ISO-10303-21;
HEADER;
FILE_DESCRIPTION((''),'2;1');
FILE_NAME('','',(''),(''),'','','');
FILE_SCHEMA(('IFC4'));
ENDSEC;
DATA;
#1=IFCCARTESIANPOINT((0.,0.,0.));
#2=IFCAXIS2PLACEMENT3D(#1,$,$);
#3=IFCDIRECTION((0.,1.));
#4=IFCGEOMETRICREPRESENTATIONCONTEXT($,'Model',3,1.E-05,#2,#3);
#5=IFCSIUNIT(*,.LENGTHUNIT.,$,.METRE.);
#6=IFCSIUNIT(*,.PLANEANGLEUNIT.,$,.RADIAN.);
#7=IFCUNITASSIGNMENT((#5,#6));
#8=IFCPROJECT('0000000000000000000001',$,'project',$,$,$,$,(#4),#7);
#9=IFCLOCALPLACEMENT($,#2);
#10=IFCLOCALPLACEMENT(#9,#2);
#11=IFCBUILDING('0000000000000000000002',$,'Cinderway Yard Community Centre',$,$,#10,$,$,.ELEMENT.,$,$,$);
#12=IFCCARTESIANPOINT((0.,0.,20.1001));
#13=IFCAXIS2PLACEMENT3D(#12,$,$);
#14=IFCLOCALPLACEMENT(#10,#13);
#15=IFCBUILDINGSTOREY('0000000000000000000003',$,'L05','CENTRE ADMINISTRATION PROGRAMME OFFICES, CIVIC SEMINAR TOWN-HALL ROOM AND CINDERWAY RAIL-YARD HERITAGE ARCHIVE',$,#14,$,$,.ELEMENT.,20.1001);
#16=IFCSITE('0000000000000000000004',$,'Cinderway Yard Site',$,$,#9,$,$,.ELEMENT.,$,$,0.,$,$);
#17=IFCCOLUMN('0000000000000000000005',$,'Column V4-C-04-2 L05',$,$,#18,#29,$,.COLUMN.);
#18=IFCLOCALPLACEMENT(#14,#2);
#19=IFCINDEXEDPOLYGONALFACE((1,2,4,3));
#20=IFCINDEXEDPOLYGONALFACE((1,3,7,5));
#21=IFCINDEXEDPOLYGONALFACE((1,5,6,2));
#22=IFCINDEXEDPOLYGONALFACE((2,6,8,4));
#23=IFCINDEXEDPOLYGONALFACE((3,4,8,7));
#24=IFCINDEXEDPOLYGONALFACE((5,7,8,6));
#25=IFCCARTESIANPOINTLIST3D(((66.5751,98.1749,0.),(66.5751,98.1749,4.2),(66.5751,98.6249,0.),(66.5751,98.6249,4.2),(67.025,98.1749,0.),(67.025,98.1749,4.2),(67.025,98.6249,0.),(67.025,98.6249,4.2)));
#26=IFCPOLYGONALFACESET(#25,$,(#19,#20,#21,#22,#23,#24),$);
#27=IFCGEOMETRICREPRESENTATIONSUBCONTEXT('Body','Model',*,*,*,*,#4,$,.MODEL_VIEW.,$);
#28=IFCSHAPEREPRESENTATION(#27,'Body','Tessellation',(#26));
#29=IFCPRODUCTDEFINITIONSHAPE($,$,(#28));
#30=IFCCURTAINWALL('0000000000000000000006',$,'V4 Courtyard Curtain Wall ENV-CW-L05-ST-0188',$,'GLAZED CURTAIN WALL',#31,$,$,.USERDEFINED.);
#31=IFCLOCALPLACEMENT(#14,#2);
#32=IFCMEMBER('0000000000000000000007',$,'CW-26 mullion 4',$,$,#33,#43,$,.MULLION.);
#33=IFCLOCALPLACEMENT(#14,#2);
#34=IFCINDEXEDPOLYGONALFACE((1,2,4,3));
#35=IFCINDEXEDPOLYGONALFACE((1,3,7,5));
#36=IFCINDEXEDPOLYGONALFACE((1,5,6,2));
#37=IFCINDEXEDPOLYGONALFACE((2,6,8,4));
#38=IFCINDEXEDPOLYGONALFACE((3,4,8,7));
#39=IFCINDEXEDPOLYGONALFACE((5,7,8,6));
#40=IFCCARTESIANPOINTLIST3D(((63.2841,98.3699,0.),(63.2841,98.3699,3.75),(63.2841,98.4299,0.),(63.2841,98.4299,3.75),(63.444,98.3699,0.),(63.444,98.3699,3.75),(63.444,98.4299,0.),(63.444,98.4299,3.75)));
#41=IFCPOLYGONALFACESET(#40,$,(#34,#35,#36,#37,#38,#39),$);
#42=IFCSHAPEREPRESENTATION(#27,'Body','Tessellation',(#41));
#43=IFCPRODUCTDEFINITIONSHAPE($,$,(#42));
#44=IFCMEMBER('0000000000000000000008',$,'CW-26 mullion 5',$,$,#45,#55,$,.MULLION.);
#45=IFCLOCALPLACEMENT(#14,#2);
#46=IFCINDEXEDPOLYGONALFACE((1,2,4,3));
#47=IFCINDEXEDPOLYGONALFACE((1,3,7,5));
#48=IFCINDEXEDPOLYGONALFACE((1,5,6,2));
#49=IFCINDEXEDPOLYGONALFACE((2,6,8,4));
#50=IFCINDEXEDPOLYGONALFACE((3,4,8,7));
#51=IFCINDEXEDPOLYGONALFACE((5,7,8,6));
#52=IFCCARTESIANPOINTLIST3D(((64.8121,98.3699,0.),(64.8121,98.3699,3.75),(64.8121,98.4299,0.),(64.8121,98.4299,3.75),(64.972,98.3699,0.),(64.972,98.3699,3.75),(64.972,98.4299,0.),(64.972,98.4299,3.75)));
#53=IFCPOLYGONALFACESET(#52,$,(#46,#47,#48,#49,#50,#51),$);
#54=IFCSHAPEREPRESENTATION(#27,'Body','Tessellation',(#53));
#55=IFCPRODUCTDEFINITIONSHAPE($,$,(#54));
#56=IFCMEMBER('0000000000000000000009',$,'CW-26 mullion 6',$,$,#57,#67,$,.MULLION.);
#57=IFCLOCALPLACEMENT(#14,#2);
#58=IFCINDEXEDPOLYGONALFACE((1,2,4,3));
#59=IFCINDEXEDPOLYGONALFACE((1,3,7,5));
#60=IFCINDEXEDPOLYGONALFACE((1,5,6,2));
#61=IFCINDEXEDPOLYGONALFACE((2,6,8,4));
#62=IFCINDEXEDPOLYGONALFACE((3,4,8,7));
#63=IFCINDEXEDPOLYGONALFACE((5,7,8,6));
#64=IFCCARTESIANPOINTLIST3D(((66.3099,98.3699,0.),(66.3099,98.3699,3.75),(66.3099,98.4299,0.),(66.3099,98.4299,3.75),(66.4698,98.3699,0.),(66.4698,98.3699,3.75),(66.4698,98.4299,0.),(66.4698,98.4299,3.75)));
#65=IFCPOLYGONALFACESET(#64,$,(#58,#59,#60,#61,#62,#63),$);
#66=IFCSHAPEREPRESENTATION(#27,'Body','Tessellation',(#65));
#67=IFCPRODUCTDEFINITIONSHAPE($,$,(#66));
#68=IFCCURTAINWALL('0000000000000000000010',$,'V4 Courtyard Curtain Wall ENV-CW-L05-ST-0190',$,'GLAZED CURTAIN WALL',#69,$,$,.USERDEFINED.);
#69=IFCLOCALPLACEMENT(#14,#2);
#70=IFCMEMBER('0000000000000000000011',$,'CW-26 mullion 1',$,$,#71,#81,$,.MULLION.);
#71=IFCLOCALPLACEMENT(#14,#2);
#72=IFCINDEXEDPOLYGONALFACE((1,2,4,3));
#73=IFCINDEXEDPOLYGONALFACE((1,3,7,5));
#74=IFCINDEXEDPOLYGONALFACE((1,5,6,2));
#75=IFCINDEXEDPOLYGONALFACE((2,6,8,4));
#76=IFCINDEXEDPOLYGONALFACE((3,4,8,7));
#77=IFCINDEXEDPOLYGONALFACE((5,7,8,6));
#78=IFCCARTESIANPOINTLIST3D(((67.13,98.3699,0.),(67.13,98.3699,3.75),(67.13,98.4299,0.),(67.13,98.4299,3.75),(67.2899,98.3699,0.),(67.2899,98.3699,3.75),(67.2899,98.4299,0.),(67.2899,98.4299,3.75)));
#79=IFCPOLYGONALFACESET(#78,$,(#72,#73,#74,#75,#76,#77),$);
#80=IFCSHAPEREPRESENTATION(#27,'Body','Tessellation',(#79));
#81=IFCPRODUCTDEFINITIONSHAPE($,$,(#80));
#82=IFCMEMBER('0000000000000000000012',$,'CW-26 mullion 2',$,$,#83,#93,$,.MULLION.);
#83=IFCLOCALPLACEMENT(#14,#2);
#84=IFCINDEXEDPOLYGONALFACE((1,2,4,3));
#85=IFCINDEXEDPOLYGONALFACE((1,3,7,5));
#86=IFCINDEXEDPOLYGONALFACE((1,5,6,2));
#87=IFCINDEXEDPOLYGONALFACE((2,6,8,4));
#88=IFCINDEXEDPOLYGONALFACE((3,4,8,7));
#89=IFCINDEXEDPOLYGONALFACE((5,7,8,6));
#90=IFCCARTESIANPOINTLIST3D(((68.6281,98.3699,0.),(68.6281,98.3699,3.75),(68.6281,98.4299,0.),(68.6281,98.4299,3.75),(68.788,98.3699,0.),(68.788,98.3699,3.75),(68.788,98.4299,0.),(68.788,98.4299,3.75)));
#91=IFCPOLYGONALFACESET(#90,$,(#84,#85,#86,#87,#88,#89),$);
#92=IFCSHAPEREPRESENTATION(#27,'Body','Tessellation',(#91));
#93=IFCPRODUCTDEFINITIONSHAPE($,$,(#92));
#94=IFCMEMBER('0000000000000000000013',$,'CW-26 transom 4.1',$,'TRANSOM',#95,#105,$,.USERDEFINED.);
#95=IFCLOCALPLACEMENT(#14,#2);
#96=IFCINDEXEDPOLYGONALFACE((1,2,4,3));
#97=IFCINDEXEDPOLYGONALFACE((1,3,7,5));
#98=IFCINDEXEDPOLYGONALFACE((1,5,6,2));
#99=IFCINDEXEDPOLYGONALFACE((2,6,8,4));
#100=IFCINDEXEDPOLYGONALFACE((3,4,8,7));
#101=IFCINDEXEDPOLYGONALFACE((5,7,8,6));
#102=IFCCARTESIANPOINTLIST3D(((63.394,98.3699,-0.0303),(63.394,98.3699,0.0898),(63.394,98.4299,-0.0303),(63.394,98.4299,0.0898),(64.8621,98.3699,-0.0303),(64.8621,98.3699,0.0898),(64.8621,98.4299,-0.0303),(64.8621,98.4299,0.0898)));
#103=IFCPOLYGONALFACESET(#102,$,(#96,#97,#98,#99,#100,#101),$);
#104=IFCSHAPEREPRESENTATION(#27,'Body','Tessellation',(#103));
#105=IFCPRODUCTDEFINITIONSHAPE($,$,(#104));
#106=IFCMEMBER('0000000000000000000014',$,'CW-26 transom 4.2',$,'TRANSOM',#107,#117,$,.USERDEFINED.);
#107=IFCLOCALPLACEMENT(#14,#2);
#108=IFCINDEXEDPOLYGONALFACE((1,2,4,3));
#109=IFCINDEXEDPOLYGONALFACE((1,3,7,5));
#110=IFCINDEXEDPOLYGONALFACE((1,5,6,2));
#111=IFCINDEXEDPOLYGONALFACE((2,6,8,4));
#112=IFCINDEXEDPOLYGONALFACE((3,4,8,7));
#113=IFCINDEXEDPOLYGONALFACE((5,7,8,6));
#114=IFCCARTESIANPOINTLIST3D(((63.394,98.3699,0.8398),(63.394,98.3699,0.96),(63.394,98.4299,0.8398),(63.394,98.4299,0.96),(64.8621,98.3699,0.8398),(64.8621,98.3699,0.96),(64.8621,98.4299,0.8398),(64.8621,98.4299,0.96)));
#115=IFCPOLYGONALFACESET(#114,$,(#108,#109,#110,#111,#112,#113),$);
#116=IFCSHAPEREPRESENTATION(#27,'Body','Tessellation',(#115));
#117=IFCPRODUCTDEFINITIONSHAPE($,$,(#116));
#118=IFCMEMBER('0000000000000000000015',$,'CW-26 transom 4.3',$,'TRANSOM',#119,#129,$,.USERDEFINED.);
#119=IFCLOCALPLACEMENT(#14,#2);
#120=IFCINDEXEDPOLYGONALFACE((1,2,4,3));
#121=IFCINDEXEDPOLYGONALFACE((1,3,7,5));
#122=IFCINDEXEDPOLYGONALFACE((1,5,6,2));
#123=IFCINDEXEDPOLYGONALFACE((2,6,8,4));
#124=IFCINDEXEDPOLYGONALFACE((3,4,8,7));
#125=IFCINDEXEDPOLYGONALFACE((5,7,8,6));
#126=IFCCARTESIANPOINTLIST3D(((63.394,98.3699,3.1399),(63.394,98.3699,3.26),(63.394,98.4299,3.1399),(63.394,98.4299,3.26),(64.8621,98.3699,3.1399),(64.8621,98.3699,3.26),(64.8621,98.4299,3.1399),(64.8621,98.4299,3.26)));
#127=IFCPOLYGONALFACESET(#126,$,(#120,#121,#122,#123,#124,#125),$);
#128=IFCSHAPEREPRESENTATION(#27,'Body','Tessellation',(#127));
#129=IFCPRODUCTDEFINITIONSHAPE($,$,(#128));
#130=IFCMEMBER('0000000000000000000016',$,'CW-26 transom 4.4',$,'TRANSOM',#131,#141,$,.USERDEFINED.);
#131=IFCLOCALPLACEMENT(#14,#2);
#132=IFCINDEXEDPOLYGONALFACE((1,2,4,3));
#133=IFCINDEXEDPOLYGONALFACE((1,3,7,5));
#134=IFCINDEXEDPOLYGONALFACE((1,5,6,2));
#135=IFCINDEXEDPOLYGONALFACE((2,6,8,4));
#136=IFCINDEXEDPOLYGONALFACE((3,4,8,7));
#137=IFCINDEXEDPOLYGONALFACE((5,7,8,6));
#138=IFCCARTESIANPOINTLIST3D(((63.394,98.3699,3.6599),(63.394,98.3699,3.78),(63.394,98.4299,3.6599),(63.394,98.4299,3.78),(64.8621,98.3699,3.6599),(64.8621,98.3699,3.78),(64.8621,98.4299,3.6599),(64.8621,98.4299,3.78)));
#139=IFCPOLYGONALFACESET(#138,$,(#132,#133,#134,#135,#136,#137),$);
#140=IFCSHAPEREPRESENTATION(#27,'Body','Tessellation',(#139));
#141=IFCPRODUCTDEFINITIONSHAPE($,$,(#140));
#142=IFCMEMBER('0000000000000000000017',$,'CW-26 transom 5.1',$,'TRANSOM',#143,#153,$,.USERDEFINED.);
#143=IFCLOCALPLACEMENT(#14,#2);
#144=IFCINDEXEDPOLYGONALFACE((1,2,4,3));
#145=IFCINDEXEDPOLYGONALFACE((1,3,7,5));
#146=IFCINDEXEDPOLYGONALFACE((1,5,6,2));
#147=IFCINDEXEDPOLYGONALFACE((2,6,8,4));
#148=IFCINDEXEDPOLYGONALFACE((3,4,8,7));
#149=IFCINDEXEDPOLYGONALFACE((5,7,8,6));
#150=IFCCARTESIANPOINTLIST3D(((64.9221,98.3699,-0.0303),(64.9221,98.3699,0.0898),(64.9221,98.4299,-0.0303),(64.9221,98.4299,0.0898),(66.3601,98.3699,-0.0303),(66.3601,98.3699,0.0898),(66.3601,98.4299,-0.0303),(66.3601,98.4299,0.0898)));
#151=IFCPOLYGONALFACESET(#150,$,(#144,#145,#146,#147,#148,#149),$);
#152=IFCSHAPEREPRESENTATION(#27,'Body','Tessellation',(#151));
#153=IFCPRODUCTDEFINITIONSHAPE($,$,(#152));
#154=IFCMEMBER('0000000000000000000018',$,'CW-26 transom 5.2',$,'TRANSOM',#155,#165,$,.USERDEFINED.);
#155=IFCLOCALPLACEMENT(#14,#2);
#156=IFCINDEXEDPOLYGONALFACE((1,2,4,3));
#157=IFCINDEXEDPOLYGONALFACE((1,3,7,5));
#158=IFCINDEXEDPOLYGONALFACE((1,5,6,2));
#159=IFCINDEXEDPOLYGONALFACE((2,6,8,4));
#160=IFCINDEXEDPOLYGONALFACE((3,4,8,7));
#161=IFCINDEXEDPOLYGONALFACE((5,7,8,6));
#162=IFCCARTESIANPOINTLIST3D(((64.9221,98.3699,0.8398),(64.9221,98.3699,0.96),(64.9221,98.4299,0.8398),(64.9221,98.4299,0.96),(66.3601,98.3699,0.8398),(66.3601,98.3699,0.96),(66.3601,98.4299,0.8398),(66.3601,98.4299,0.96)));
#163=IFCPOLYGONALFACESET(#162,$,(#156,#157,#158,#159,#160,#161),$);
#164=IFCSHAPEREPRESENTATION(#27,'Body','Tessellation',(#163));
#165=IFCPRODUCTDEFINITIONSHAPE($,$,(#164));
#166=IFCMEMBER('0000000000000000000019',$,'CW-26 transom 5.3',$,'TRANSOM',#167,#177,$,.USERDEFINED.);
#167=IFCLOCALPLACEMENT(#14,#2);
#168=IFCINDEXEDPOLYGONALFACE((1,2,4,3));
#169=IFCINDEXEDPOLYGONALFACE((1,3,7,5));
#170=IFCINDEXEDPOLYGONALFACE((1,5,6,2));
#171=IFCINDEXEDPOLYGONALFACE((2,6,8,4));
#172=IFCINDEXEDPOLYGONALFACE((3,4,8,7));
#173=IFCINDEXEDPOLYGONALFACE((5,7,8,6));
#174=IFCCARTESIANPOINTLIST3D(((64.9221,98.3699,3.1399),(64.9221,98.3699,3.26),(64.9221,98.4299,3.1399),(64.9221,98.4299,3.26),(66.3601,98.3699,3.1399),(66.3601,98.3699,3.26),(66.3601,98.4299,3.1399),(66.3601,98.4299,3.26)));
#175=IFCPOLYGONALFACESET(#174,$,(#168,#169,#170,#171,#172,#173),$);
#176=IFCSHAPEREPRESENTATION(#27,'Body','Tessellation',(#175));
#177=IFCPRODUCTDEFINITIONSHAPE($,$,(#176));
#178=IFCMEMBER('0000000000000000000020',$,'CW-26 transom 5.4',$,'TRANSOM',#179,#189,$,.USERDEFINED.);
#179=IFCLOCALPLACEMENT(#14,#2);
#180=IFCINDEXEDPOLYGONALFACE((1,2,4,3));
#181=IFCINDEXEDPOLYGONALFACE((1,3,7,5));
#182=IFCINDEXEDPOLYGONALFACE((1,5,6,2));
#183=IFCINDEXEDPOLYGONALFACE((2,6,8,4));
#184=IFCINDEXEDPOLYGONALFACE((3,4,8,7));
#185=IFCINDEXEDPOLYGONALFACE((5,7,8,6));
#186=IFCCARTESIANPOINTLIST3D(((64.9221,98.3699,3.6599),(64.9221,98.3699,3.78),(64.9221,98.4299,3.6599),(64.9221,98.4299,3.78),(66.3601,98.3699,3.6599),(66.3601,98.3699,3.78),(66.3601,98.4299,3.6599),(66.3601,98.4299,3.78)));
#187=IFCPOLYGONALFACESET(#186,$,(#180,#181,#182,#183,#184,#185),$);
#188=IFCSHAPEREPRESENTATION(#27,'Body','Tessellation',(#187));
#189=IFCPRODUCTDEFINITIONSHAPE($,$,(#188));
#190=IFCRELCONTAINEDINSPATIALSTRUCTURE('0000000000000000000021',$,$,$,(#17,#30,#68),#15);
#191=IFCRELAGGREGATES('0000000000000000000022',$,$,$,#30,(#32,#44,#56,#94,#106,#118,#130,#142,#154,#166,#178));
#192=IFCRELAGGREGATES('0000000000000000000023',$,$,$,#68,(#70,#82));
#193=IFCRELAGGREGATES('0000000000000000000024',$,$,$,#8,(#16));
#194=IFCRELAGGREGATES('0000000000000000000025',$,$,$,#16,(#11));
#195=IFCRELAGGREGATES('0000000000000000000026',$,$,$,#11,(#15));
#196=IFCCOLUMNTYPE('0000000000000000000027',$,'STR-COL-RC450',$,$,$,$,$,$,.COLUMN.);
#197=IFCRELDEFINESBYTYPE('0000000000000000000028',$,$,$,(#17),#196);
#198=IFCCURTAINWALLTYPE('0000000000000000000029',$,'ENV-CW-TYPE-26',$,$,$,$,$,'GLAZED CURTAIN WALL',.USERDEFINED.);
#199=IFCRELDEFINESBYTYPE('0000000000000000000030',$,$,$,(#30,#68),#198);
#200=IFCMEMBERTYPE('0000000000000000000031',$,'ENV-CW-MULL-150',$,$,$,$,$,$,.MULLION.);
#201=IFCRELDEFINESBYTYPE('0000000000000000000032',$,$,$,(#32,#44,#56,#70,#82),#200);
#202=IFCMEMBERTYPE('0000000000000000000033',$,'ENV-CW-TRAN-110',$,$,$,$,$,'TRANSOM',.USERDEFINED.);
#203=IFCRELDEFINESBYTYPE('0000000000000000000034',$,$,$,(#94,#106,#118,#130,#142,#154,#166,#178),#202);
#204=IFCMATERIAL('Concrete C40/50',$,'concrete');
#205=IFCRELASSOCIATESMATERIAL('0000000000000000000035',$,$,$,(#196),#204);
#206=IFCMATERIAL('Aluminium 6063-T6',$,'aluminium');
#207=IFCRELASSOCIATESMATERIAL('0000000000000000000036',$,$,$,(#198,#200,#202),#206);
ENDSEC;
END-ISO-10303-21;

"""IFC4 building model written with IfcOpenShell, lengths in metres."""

from ifc_helpers import new_model, si_unit, direction, frame, origin, origin_2d, place, context, subcontext, project, spatial, rectangle, extrude, material, material_profile, profile_set, type_object, element, aggregate, save


model = new_model("IFC4")

# Units and contexts
model_context = context("Model", 3, precision=1e-05, world=origin(), true_north=direction((0.0, 1.0)))
body_context = subcontext(model_context, "Body", "Model", "MODEL_VIEW")
ifc_project = project(units=[si_unit("LENGTHUNIT", "METRE"), si_unit("PLANEANGLEUNIT", "RADIAN")], contexts=[model_context])

# Site, building, storey
site_placement = place(None, origin())
site = spatial("IfcSite", under=ifc_project, at=site_placement, Name="Cinderway Yard Site", CompositionType="ELEMENT", RefElevation=0.0)
building_placement = place(site_placement, origin())
building = spatial("IfcBuilding", under=site, at=building_placement, Name="Cinderway Yard Community Centre", CompositionType="ELEMENT")
storey_placement = place(building_placement, frame((0.0, 0.0, 20.1001)))
storey = spatial("IfcBuildingStorey", under=building, at=storey_placement, Name="L05", Description="CENTRE ADMINISTRATION PROGRAMME OFFICES, CIVIC SEMINAR TOWN-HALL ROOM AND CINDERWAY RAIL-YARD HERITAGE ARCHIVE", CompositionType="ELEMENT", Elevation=20.1001)

# Column
ifc_material_1 = material(Name="Concrete C40/50", Category="concrete")
ifc_material_profile_1 = material_profile(ifc_material_1, rectangle(XDim=0.45, YDim=0.45, at=origin_2d()), Name="Concrete C40/50")
ifc_profile_set_1 = profile_set([ifc_material_profile_1], Name="Concrete C40/50")
column_type = type_object("IfcColumnType", Name="STR-COL-RC450", PredefinedType="COLUMN", material=ifc_profile_set_1)
column_placement = place(storey_placement, frame((66.8, 98.3999, 0.0), z_axis=(0.0, 0.0, 1.0), x_axis=(1.0, 0.0, 0.0)))
element("IfcColumn", 1, at=column_placement, inside=storey, type_object=column_type, Name="Column V4-C-04-2 L05", PredefinedType="COLUMN", context=body_context, shape_type="SweptSolid", body=[
    extrude(rectangle(XDim=0.45, YDim=0.45, at=origin_2d()), origin(), (0.0, 0.0, 1.0), 4.2),
])

# Curtain walls, members
ifc_material_2 = material(Name="Aluminium 6063-T6", Category="aluminium")
curtain_wall_type = type_object("IfcCurtainWallType", Name="ENV-CW-TYPE-26", ElementType="GLAZED CURTAIN WALL", PredefinedType="USERDEFINED", material=ifc_material_2)
curtain_wall_1_placement = place(storey_placement, origin())
curtain_wall_1 = element("IfcCurtainWall", 2, at=curtain_wall_1_placement, inside=storey, type_object=curtain_wall_type, Name="V4 Courtyard Curtain Wall ENV-CW-L05-ST-0188", ObjectType="GLAZED CURTAIN WALL", PredefinedType="USERDEFINED")
ifc_material_profile_2 = material_profile(ifc_material_2, rectangle(XDim=0.0601, YDim=0.1599, at=origin_2d()), Name="Aluminium 6063-T6")
ifc_profile_set_2 = profile_set([ifc_material_profile_2], Name="Aluminium 6063-T6")
member_type_1 = type_object("IfcMemberType", Name="ENV-CW-MULL-150", PredefinedType="MULLION", material=ifc_profile_set_2)
member_1_placement = place(storey_placement, frame((63.364, 98.3999, 0.0), z_axis=(0.0, 0.0, 1.0), x_axis=(0.0, 1.0, 0.0)))
member_1 = element("IfcMember", 3, at=member_1_placement, type_object=member_type_1, Name="CW-26 mullion 4", PredefinedType="MULLION", context=body_context, shape_type="SweptSolid", body=[
    extrude(rectangle(XDim=0.0601, YDim=0.1599, at=origin_2d()), origin(), (0.0, 0.0, 1.0), 3.75),
])
member_2_placement = place(storey_placement, frame((64.8921, 98.3999, 0.0), z_axis=(0.0, 0.0, 1.0), x_axis=(0.0, 1.0, 0.0)))
member_2 = element("IfcMember", 4, at=member_2_placement, type_object=member_type_1, Name="CW-26 mullion 5", PredefinedType="MULLION", context=body_context, shape_type="SweptSolid", body=[
    extrude(rectangle(XDim=0.0601, YDim=0.1599, at=origin_2d()), origin(), (0.0, 0.0, 1.0), 3.75),
])
member_3_placement = place(storey_placement, frame((66.3899, 98.3999, 0.0), z_axis=(0.0, 0.0, 1.0), x_axis=(0.0, 1.0, 0.0)))
member_3 = element("IfcMember", 5, at=member_3_placement, type_object=member_type_1, Name="CW-26 mullion 6", PredefinedType="MULLION", context=body_context, shape_type="SweptSolid", body=[
    extrude(rectangle(XDim=0.0601, YDim=0.1599, at=origin_2d()), origin(), (0.0, 0.0, 1.0), 3.75),
])
curtain_wall_2_placement = place(storey_placement, origin())
curtain_wall_2 = element("IfcCurtainWall", 6, at=curtain_wall_2_placement, inside=storey, type_object=curtain_wall_type, Name="V4 Courtyard Curtain Wall ENV-CW-L05-ST-0190", ObjectType="GLAZED CURTAIN WALL", PredefinedType="USERDEFINED")
member_4_placement = place(storey_placement, frame((67.21, 98.3999, 0.0), z_axis=(0.0, 0.0, 1.0), x_axis=(0.0, 1.0, 0.0)))
member_4 = element("IfcMember", 7, at=member_4_placement, type_object=member_type_1, Name="CW-26 mullion 1", PredefinedType="MULLION", context=body_context, shape_type="SweptSolid", body=[
    extrude(rectangle(XDim=0.0601, YDim=0.1599, at=origin_2d()), origin(), (0.0, 0.0, 1.0), 3.75),
])
member_5_placement = place(storey_placement, frame((68.708, 98.3999, 0.0), z_axis=(0.0, 0.0, 1.0), x_axis=(0.0, 1.0, 0.0)))
member_5 = element("IfcMember", 8, at=member_5_placement, type_object=member_type_1, Name="CW-26 mullion 2", PredefinedType="MULLION", context=body_context, shape_type="SweptSolid", body=[
    extrude(rectangle(XDim=0.0601, YDim=0.1599, at=origin_2d()), origin(), (0.0, 0.0, 1.0), 3.75),
])

# Members
ifc_material_profile_3 = material_profile(ifc_material_2, rectangle(XDim=0.0601, YDim=0.1201, at=origin_2d()), Name="Aluminium 6063-T6")
ifc_profile_set_3 = profile_set([ifc_material_profile_3], Name="Aluminium 6063-T6")
member_type_2 = type_object("IfcMemberType", Name="ENV-CW-TRAN-110", ElementType="TRANSOM", PredefinedType="USERDEFINED", material=ifc_profile_set_3)
member_6_placement = place(storey_placement, frame((63.394, 98.3999, 0.0298), z_axis=(1.0, 0.0, 0.0), x_axis=(0.0, 1.0, 0.0)))
member_6 = element("IfcMember", 9, at=member_6_placement, type_object=member_type_2, Name="CW-26 transom 4.1", ObjectType="TRANSOM", PredefinedType="USERDEFINED", context=body_context, shape_type="SweptSolid", body=[
    extrude(rectangle(XDim=0.0601, YDim=0.1201, at=origin_2d()), origin(), (0.0, 0.0, 1.0), 1.468),
])
member_7_placement = place(storey_placement, frame((63.394, 98.3999, 0.8999), z_axis=(1.0, 0.0, 0.0), x_axis=(0.0, 1.0, 0.0)))
member_7 = element("IfcMember", 10, at=member_7_placement, type_object=member_type_2, Name="CW-26 transom 4.2", ObjectType="TRANSOM", PredefinedType="USERDEFINED", context=body_context, shape_type="SweptSolid", body=[
    extrude(rectangle(XDim=0.0601, YDim=0.1201, at=origin_2d()), origin(), (0.0, 0.0, 1.0), 1.468),
])
member_8_placement = place(storey_placement, frame((63.394, 98.3999, 3.2), z_axis=(1.0, 0.0, 0.0), x_axis=(0.0, 1.0, 0.0)))
member_8 = element("IfcMember", 11, at=member_8_placement, type_object=member_type_2, Name="CW-26 transom 4.3", ObjectType="TRANSOM", PredefinedType="USERDEFINED", context=body_context, shape_type="SweptSolid", body=[
    extrude(rectangle(XDim=0.0601, YDim=0.1201, at=origin_2d()), origin(), (0.0, 0.0, 1.0), 1.468),
])
member_9_placement = place(storey_placement, frame((63.394, 98.3999, 3.72), z_axis=(1.0, 0.0, 0.0), x_axis=(0.0, 1.0, 0.0)))
member_9 = element("IfcMember", 12, at=member_9_placement, type_object=member_type_2, Name="CW-26 transom 4.4", ObjectType="TRANSOM", PredefinedType="USERDEFINED", context=body_context, shape_type="SweptSolid", body=[
    extrude(rectangle(XDim=0.0601, YDim=0.1201, at=origin_2d()), origin(), (0.0, 0.0, 1.0), 1.468),
])
member_10_placement = place(storey_placement, frame((64.9221, 98.3999, 0.0298), z_axis=(1.0, 0.0, 0.0), x_axis=(0.0, 1.0, 0.0)))
member_10 = element("IfcMember", 13, at=member_10_placement, type_object=member_type_2, Name="CW-26 transom 5.1", ObjectType="TRANSOM", PredefinedType="USERDEFINED", context=body_context, shape_type="SweptSolid", body=[
    extrude(rectangle(XDim=0.0601, YDim=0.1201, at=origin_2d()), origin(), (0.0, 0.0, 1.0), 1.438),
])
member_11_placement = place(storey_placement, frame((64.9221, 98.3999, 0.8999), z_axis=(1.0, 0.0, 0.0), x_axis=(0.0, 1.0, 0.0)))
member_11 = element("IfcMember", 14, at=member_11_placement, type_object=member_type_2, Name="CW-26 transom 5.2", ObjectType="TRANSOM", PredefinedType="USERDEFINED", context=body_context, shape_type="SweptSolid", body=[
    extrude(rectangle(XDim=0.0601, YDim=0.1201, at=origin_2d()), origin(), (0.0, 0.0, 1.0), 1.438),
])
member_12_placement = place(storey_placement, frame((64.9221, 98.3999, 3.2), z_axis=(1.0, 0.0, 0.0), x_axis=(0.0, 1.0, 0.0)))
member_12 = element("IfcMember", 15, at=member_12_placement, type_object=member_type_2, Name="CW-26 transom 5.3", ObjectType="TRANSOM", PredefinedType="USERDEFINED", context=body_context, shape_type="SweptSolid", body=[
    extrude(rectangle(XDim=0.0601, YDim=0.1201, at=origin_2d()), origin(), (0.0, 0.0, 1.0), 1.438),
])
member_13_placement = place(storey_placement, frame((64.9221, 98.3999, 3.72), z_axis=(1.0, 0.0, 0.0), x_axis=(0.0, 1.0, 0.0)))
member_13 = element("IfcMember", 16, at=member_13_placement, type_object=member_type_2, Name="CW-26 transom 5.4", ObjectType="TRANSOM", PredefinedType="USERDEFINED", context=body_context, shape_type="SweptSolid", body=[
    extrude(rectangle(XDim=0.0601, YDim=0.1201, at=origin_2d()), origin(), (0.0, 0.0, 1.0), 1.438),
])

aggregate(curtain_wall_1, [member_1, member_2, member_3, member_6, member_7, member_8, member_9, member_10, member_11, member_12, member_13])
aggregate(curtain_wall_2, [member_4, member_5])

save(model, "model.ifc")
